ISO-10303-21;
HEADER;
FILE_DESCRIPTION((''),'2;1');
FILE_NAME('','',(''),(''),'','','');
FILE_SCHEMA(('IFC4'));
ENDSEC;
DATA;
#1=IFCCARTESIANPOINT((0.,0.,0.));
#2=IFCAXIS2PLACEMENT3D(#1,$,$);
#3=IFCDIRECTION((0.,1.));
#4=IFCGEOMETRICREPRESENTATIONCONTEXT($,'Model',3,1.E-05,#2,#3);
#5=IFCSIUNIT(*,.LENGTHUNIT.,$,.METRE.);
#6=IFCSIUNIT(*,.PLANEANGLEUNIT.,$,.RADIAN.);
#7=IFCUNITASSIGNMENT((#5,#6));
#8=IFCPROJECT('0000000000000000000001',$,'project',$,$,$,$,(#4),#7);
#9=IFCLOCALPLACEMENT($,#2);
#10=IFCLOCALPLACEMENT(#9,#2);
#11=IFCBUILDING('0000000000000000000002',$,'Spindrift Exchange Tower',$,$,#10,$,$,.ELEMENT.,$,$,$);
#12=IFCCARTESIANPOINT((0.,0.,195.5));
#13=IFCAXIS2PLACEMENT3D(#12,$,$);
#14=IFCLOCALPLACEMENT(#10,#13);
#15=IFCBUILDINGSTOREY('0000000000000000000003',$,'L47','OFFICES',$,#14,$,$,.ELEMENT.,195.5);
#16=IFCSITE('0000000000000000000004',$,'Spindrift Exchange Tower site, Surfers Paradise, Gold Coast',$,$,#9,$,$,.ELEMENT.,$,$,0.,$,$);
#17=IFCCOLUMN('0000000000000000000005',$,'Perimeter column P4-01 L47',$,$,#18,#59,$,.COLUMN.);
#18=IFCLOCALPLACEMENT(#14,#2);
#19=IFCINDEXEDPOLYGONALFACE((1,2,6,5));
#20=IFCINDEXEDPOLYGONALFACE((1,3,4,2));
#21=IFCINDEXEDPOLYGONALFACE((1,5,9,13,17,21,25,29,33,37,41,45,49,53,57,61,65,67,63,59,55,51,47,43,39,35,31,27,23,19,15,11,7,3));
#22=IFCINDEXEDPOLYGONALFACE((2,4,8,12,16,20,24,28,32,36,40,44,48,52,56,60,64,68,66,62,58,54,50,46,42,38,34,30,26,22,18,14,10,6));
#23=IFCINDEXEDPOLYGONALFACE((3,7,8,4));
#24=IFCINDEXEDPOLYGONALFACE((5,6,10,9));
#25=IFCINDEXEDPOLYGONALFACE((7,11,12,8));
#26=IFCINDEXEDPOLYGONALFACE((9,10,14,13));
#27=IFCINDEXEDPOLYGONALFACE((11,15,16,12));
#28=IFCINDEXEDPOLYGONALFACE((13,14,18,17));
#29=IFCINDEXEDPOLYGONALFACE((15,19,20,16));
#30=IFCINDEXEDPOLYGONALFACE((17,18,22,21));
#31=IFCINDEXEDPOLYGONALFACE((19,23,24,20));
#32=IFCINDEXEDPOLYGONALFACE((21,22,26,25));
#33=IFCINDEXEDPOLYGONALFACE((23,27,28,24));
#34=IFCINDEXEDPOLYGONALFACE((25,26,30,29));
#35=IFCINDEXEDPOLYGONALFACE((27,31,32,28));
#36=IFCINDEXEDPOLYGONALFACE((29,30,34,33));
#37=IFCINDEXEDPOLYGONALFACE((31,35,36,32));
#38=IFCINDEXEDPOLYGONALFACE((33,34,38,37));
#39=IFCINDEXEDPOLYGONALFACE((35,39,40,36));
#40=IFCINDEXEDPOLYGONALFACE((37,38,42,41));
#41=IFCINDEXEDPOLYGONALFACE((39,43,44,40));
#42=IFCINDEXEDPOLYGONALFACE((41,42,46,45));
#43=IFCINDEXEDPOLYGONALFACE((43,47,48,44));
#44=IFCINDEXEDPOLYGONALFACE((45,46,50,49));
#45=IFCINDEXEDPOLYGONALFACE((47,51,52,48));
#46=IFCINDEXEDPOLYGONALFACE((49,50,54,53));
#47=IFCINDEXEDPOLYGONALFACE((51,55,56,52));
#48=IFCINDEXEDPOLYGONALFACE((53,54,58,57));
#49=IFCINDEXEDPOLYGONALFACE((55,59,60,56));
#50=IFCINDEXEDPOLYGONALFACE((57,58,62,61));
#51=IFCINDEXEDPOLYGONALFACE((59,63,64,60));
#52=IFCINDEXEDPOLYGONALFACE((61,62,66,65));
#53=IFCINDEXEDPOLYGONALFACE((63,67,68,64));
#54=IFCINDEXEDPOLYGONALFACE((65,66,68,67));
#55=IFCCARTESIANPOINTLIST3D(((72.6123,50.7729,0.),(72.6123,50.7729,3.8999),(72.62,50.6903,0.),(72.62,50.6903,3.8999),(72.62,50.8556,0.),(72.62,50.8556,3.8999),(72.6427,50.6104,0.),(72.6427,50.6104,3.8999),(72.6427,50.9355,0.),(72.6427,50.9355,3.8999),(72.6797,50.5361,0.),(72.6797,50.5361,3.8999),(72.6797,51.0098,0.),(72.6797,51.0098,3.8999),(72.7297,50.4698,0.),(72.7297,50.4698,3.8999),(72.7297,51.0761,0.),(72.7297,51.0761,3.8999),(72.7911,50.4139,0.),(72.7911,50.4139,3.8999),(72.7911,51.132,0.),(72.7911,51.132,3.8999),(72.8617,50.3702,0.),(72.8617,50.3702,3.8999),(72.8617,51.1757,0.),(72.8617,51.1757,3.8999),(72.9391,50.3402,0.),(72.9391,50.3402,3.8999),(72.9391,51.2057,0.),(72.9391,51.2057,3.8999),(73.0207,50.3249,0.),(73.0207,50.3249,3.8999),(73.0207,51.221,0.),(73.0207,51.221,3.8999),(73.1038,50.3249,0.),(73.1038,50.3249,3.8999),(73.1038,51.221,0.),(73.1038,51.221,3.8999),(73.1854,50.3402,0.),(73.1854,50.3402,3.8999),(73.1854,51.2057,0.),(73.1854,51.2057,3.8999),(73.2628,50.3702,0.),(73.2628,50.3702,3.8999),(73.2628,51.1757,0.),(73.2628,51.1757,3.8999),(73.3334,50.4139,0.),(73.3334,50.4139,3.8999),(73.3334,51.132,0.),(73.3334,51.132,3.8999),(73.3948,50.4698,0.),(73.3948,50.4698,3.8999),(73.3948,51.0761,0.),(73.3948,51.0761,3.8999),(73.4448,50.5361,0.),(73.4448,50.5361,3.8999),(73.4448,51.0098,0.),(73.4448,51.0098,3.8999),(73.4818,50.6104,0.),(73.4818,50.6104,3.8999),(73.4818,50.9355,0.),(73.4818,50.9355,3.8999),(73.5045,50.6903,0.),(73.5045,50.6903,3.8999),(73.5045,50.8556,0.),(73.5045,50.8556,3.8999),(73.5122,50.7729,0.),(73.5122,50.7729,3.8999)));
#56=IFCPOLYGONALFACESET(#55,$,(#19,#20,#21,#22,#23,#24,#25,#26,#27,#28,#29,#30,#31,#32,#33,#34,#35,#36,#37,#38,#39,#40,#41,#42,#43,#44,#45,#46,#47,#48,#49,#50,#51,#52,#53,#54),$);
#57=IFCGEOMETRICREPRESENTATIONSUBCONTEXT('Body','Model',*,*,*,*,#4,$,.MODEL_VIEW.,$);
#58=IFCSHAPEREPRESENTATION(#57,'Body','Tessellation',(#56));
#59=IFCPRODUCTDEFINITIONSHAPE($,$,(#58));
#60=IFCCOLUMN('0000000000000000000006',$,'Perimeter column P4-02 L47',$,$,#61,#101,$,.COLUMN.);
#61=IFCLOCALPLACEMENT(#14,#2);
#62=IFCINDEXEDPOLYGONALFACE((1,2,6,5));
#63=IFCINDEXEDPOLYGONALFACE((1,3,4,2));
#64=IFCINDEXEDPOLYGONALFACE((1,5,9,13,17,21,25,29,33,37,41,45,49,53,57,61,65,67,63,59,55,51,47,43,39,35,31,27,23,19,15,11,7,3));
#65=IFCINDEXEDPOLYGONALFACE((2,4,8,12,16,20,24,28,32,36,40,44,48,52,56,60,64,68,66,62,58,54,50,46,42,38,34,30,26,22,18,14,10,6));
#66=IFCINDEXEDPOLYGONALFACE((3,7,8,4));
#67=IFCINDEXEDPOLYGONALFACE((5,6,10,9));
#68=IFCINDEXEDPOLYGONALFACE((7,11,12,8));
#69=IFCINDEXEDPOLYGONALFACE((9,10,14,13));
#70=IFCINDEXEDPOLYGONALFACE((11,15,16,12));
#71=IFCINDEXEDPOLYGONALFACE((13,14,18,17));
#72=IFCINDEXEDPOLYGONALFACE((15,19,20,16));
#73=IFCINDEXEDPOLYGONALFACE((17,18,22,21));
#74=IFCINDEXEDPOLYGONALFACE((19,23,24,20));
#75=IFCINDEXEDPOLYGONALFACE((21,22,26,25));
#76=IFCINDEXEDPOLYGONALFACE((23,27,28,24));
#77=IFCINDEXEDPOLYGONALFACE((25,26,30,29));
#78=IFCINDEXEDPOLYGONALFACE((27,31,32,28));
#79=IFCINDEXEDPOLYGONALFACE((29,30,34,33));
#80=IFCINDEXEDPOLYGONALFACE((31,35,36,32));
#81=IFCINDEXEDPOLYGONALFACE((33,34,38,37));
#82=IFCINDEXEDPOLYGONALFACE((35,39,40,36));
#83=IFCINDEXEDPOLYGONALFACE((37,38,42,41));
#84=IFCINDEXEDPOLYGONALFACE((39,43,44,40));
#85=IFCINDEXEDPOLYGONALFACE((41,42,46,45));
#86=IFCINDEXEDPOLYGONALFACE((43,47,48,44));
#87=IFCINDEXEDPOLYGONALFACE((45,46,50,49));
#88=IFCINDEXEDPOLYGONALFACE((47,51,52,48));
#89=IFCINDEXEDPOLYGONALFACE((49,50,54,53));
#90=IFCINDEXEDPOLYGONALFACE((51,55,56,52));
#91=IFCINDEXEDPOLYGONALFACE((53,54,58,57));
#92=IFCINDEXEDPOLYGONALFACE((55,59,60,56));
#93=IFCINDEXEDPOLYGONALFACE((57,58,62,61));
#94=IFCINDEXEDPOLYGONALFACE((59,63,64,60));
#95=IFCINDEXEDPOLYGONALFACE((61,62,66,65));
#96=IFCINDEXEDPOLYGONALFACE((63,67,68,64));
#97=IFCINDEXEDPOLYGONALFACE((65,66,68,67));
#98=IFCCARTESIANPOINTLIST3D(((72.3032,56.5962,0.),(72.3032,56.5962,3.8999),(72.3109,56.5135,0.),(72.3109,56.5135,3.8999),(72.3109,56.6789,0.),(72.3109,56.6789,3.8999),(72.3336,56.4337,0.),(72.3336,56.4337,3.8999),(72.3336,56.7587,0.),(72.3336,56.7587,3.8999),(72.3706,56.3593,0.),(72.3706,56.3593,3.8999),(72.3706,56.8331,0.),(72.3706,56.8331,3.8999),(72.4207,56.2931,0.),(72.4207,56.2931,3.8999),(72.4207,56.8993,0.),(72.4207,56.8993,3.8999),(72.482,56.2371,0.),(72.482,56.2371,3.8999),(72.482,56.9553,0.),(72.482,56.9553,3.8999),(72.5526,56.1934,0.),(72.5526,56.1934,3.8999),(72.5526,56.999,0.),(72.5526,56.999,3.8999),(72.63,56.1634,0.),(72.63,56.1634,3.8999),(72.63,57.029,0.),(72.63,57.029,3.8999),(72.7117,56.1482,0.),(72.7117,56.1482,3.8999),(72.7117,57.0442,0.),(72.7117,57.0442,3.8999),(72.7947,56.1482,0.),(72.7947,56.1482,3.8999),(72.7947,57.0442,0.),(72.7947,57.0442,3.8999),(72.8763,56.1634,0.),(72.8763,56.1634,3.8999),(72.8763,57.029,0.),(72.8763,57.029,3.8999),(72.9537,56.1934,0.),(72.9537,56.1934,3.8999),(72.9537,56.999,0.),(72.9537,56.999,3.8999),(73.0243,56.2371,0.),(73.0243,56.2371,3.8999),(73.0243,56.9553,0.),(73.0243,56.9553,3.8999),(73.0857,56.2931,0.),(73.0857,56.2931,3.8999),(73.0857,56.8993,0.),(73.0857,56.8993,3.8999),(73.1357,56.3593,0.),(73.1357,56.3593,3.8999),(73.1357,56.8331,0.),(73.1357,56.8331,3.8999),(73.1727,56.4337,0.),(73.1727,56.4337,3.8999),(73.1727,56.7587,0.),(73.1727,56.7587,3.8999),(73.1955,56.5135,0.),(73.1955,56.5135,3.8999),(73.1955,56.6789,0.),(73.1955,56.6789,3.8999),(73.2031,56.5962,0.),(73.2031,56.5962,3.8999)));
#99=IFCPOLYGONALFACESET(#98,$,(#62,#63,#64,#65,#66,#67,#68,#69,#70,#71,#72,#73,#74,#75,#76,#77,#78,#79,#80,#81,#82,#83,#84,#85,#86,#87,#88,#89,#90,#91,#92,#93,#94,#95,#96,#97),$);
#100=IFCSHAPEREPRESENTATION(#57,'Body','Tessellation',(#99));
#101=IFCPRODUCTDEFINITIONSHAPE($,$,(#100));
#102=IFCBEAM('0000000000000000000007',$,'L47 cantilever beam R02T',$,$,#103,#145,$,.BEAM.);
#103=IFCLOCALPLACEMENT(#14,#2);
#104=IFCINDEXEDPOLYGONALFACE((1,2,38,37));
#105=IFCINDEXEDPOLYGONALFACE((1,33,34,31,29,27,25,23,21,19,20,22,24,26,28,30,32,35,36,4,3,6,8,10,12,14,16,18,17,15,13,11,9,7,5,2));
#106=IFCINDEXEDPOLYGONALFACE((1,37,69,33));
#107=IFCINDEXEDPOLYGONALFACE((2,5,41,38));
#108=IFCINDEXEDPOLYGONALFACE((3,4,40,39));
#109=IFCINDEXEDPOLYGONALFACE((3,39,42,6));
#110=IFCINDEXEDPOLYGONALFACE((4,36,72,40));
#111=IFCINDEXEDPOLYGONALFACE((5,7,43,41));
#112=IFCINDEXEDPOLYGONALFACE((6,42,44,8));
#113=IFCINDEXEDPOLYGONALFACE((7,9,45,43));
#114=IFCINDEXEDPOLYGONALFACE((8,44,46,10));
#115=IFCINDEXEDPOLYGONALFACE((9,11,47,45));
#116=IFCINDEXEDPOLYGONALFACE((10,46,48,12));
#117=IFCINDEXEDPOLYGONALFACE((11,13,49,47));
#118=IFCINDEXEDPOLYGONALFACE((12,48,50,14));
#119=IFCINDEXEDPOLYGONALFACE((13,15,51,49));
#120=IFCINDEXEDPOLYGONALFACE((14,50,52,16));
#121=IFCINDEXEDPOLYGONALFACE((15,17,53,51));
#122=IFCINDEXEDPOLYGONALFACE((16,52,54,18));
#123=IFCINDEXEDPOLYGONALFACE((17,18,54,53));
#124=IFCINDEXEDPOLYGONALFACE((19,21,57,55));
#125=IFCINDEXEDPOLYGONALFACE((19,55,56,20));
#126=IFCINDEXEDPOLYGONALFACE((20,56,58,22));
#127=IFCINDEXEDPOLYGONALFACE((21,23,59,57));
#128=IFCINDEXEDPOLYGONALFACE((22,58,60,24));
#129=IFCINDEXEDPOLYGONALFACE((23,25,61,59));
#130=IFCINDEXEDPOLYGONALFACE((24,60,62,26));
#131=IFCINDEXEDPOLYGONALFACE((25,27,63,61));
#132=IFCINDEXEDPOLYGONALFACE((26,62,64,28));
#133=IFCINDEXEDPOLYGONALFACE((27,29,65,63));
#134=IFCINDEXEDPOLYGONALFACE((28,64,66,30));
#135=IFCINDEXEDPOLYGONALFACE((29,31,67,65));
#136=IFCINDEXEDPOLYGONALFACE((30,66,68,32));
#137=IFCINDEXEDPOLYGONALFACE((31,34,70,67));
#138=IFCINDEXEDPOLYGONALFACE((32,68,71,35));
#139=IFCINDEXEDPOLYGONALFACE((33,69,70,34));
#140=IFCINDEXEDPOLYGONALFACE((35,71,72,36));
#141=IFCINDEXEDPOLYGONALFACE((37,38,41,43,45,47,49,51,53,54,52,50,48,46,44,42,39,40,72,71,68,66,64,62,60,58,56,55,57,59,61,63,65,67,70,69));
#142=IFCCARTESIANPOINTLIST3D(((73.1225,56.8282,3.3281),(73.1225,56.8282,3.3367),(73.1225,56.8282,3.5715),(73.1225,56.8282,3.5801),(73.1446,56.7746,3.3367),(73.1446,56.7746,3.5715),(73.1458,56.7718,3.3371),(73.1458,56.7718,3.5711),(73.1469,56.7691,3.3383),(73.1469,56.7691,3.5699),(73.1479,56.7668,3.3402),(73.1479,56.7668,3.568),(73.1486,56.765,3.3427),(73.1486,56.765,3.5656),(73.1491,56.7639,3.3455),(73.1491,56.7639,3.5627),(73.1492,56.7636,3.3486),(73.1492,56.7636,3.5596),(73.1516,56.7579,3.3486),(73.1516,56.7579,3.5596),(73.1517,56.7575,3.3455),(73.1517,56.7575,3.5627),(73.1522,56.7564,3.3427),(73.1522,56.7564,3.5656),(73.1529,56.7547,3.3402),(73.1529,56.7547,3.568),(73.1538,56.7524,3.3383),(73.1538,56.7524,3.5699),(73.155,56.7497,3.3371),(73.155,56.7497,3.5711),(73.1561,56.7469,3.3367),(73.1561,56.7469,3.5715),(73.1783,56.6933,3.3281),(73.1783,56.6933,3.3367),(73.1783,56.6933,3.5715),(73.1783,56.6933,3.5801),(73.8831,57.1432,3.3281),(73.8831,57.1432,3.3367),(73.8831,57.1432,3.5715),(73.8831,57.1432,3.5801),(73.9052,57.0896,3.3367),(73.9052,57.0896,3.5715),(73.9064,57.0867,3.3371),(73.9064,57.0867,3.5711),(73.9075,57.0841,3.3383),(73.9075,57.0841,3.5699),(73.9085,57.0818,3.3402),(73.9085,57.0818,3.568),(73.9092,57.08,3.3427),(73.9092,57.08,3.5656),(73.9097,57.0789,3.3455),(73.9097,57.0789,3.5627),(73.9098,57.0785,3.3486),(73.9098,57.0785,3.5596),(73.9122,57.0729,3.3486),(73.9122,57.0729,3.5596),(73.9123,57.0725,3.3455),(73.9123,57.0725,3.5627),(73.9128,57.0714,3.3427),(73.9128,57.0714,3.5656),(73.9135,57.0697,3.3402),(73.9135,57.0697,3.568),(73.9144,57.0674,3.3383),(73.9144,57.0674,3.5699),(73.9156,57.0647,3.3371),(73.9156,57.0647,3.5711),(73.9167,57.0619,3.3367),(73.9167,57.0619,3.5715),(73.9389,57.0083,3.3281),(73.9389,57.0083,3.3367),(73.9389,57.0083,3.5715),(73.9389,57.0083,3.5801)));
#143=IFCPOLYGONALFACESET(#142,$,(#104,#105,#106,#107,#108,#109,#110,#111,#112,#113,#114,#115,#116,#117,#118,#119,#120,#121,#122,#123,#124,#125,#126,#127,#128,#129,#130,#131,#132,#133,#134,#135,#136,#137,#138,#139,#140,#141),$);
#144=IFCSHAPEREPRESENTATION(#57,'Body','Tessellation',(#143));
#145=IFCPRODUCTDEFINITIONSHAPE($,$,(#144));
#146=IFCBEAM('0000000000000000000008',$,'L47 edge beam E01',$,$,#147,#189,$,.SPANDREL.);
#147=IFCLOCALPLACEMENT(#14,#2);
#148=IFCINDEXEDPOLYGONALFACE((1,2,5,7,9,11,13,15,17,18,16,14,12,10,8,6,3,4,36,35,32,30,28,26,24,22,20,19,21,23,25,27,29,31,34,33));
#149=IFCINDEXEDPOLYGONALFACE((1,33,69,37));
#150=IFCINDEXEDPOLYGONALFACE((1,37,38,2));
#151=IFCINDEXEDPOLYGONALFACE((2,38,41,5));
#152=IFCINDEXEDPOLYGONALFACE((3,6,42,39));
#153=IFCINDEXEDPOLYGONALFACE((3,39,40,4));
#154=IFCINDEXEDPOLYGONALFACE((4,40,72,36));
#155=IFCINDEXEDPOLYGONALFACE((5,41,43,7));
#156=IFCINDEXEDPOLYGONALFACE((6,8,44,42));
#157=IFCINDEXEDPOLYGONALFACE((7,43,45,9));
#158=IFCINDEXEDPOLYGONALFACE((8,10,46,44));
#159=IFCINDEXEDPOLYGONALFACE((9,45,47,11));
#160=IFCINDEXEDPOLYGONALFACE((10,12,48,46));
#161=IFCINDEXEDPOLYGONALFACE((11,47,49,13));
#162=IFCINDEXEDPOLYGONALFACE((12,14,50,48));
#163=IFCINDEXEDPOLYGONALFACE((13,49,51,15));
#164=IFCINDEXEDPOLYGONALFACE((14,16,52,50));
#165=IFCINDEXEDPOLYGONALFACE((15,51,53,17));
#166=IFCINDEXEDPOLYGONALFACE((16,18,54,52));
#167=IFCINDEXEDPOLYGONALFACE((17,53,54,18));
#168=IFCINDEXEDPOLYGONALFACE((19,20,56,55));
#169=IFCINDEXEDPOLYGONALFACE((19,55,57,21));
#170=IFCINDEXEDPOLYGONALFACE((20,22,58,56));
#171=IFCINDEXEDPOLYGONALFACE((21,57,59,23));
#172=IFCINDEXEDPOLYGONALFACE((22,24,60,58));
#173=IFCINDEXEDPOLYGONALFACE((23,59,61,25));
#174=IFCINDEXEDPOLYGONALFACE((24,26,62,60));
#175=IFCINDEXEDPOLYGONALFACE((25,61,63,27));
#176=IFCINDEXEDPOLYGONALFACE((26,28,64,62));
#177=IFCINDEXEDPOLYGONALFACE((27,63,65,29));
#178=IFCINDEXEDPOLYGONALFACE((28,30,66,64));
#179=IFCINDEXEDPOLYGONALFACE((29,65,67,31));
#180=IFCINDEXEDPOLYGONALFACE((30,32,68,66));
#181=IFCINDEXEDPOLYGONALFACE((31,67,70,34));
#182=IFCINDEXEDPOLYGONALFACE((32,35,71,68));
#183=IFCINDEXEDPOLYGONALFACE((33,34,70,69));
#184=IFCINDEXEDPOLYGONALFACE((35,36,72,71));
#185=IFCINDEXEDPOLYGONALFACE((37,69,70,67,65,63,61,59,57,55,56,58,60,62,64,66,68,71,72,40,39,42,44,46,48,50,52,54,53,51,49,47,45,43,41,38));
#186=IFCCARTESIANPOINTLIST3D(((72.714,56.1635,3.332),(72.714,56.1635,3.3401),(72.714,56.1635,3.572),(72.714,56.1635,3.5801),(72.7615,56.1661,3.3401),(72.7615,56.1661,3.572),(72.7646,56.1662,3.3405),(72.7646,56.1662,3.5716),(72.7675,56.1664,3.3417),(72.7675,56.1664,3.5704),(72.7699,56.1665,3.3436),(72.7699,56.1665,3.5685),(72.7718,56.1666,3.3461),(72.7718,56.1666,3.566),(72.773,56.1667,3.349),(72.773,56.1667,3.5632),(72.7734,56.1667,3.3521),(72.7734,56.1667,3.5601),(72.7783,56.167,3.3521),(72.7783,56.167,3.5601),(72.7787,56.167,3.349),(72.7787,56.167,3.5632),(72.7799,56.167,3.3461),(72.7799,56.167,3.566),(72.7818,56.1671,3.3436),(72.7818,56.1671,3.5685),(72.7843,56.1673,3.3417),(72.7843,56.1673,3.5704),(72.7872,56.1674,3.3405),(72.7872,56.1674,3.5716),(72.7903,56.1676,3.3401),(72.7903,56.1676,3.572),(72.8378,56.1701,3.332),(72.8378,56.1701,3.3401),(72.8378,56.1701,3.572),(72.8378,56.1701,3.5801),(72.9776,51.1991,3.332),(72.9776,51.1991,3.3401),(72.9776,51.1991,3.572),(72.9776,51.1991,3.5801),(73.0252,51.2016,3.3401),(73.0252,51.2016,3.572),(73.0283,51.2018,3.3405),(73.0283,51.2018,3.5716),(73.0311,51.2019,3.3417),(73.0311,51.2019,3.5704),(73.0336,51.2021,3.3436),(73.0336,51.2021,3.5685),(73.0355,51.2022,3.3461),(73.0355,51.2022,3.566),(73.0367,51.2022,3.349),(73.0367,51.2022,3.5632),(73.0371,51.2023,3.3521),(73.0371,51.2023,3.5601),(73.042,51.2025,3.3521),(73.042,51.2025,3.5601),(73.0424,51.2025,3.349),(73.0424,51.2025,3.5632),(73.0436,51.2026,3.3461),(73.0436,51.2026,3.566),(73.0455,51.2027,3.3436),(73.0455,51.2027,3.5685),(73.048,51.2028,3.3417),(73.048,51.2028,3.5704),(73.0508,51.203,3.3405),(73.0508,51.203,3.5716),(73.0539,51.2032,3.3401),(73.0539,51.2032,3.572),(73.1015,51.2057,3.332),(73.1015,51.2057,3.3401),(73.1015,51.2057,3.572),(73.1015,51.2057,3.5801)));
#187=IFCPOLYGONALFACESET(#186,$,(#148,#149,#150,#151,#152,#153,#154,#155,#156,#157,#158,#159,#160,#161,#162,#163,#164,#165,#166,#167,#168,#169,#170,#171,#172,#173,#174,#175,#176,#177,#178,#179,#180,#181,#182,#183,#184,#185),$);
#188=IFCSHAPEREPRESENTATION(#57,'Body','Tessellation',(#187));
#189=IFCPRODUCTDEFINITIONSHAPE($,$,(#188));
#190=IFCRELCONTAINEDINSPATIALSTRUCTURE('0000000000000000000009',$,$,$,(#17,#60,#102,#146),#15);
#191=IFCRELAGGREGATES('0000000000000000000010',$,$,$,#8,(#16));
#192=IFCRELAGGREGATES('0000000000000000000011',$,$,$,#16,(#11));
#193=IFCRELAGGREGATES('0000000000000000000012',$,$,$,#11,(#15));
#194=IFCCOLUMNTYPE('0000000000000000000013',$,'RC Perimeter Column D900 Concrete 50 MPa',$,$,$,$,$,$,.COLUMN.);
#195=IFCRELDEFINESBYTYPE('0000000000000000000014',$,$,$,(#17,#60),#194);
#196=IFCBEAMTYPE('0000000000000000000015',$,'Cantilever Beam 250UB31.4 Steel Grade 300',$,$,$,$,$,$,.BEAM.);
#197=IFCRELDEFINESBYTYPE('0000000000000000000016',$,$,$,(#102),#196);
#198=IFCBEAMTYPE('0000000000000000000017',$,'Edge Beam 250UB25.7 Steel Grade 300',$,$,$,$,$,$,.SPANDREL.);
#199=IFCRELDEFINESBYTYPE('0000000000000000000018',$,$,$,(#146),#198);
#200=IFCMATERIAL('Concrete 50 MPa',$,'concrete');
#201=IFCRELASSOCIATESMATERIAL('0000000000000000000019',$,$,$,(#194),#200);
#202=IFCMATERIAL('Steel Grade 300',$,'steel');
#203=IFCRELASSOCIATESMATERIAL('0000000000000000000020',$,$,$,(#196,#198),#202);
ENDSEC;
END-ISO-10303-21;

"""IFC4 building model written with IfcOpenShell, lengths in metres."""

from ifc_helpers import new_model, si_unit, direction, frame, origin, origin_2d, place, context, subcontext, project, spatial, circle, i_section, extrude, source, transform, mapped, material, material_profile, profile_set, type_object, element, save


model = new_model("IFC4")

# Units and contexts
model_context = context("Model", 3, precision=1e-05, world=origin(), true_north=direction((0.0, 1.0)))
body_context = subcontext(model_context, "Body", "Model", "MODEL_VIEW")
ifc_project = project(units=[si_unit("LENGTHUNIT", "METRE"), si_unit("PLANEANGLEUNIT", "RADIAN")], contexts=[model_context])

# Site, building, storey
site_placement = place(None, origin())
site = spatial("IfcSite", under=ifc_project, at=site_placement, Name="Spindrift Exchange Tower site, Surfers Paradise, Gold Coast", CompositionType="ELEMENT", RefElevation=0.0)
building_placement = place(site_placement, origin())
building = spatial("IfcBuilding", under=site, at=building_placement, Name="Spindrift Exchange Tower", CompositionType="ELEMENT")
storey_placement = place(building_placement, frame((0.0, 0.0, 195.5)))
storey = spatial("IfcBuildingStorey", under=building, at=storey_placement, Name="L47", Description="OFFICES", CompositionType="ELEMENT", Elevation=195.5)

# Columns
ifc_material_1 = material(Name="Concrete 50 MPa", Category="concrete")
ifc_material_profile_1 = material_profile(ifc_material_1, circle(Radius=0.45, at=origin_2d()), Name="RC D900")
ifc_profile_set_1 = profile_set([ifc_material_profile_1], Name="Concrete 50 MPa")
column_type = type_object("IfcColumnType", Name="RC Perimeter Column D900 Concrete 50 MPa", PredefinedType="COLUMN", material=ifc_profile_set_1)
shared_shape_1 = source(origin(), body_context, "Body", "SweptSolid", [
    extrude(circle(Radius=0.45, at=origin_2d()), origin(), (0.0, 0.0, 1.0), 3.8999),
])
for number, where, z_axis, x_axis, name in (
    (1, (73.0623, 50.7729, 0.0), (0.0, 0.0, 1.0), (1.0, 0.0, 0.0), "Perimeter column P4-01 L47"),
    (2, (72.7532, 56.5962, 0.0), (0.0, 0.0, 1.0), (1.0, 0.0, 0.0), "Perimeter column P4-02 L47"),
):
    element("IfcColumn", number, at=place(storey_placement, frame(where, z_axis=z_axis, x_axis=x_axis)), inside=storey, type_object=column_type, Name=name, PredefinedType="COLUMN", context=body_context, shape_type="MappedRepresentation", body=[
        mapped(shared_shape_1, transform((0.0, 0.0, 0.0), scale=1.0)),
    ])

# Beams
ifc_material_2 = material(Name="Steel Grade 300", Category="steel")
ifc_material_profile_2 = material_profile(ifc_material_2, i_section(OverallWidth=0.146, OverallDepth=0.252, WebThickness=0.0061, FlangeThickness=0.0085, FilletRadius=0.012, at=origin_2d()), Name="250UB31.4")
ifc_profile_set_2 = profile_set([ifc_material_profile_2], Name="Steel Grade 300")
beam_type_1 = type_object("IfcBeamType", Name="Cantilever Beam 250UB31.4 Steel Grade 300", PredefinedType="BEAM", material=ifc_profile_set_2)
shared_shape_2 = source(origin(), body_context, "Body", "SweptSolid", [
    extrude(i_section(OverallWidth=0.146, OverallDepth=0.252, WebThickness=0.0061, FlangeThickness=0.0085, FilletRadius=0.012, at=origin_2d()), origin(), (0.0, 0.0, 1.0), 0.8232),
])
beam_1_placement = place(storey_placement, frame((73.1504, 56.7607, 3.4541), z_axis=(0.923908, 0.382614, 0.0), x_axis=(-0.382614, 0.923908, 0.0)))
element("IfcBeam", 3, at=beam_1_placement, inside=storey, type_object=beam_type_1, Name="L47 cantilever beam R02T", PredefinedType="BEAM", context=body_context, shape_type="MappedRepresentation", body=[
    mapped(shared_shape_2, transform((0.0, 0.0, 0.0), scale=1.0)),
])
ifc_material_profile_3 = material_profile(ifc_material_2, i_section(OverallWidth=0.124, OverallDepth=0.248, WebThickness=0.0049, FlangeThickness=0.0081, FilletRadius=0.012, at=origin_2d()), Name="250UB25.7")
ifc_profile_set_3 = profile_set([ifc_material_profile_3], Name="Steel Grade 300")
beam_type_2 = type_object("IfcBeamType", Name="Edge Beam 250UB25.7 Steel Grade 300", PredefinedType="SPANDREL", material=ifc_profile_set_3)
shared_shape_3 = source(origin(), body_context, "Body", "SweptSolid", [
    extrude(i_section(OverallWidth=0.124, OverallDepth=0.248, WebThickness=0.0049, FlangeThickness=0.0081, FilletRadius=0.012, at=origin_2d()), origin(), (0.0, 0.0, 1.0), 4.9714),
])
beam_2_placement = place(storey_placement, frame((73.0396, 51.2024, 3.4561), z_axis=(-0.053038, 0.998592, 0.0), x_axis=(-0.998592, -0.053038, 0.0)))
element("IfcBeam", 4, at=beam_2_placement, inside=storey, type_object=beam_type_2, Name="L47 edge beam E01", PredefinedType="SPANDREL", context=body_context, shape_type="MappedRepresentation", body=[
    mapped(shared_shape_3, transform((0.0, 0.0, 0.0), scale=1.0)),
])

save(model, "model.ifc")
